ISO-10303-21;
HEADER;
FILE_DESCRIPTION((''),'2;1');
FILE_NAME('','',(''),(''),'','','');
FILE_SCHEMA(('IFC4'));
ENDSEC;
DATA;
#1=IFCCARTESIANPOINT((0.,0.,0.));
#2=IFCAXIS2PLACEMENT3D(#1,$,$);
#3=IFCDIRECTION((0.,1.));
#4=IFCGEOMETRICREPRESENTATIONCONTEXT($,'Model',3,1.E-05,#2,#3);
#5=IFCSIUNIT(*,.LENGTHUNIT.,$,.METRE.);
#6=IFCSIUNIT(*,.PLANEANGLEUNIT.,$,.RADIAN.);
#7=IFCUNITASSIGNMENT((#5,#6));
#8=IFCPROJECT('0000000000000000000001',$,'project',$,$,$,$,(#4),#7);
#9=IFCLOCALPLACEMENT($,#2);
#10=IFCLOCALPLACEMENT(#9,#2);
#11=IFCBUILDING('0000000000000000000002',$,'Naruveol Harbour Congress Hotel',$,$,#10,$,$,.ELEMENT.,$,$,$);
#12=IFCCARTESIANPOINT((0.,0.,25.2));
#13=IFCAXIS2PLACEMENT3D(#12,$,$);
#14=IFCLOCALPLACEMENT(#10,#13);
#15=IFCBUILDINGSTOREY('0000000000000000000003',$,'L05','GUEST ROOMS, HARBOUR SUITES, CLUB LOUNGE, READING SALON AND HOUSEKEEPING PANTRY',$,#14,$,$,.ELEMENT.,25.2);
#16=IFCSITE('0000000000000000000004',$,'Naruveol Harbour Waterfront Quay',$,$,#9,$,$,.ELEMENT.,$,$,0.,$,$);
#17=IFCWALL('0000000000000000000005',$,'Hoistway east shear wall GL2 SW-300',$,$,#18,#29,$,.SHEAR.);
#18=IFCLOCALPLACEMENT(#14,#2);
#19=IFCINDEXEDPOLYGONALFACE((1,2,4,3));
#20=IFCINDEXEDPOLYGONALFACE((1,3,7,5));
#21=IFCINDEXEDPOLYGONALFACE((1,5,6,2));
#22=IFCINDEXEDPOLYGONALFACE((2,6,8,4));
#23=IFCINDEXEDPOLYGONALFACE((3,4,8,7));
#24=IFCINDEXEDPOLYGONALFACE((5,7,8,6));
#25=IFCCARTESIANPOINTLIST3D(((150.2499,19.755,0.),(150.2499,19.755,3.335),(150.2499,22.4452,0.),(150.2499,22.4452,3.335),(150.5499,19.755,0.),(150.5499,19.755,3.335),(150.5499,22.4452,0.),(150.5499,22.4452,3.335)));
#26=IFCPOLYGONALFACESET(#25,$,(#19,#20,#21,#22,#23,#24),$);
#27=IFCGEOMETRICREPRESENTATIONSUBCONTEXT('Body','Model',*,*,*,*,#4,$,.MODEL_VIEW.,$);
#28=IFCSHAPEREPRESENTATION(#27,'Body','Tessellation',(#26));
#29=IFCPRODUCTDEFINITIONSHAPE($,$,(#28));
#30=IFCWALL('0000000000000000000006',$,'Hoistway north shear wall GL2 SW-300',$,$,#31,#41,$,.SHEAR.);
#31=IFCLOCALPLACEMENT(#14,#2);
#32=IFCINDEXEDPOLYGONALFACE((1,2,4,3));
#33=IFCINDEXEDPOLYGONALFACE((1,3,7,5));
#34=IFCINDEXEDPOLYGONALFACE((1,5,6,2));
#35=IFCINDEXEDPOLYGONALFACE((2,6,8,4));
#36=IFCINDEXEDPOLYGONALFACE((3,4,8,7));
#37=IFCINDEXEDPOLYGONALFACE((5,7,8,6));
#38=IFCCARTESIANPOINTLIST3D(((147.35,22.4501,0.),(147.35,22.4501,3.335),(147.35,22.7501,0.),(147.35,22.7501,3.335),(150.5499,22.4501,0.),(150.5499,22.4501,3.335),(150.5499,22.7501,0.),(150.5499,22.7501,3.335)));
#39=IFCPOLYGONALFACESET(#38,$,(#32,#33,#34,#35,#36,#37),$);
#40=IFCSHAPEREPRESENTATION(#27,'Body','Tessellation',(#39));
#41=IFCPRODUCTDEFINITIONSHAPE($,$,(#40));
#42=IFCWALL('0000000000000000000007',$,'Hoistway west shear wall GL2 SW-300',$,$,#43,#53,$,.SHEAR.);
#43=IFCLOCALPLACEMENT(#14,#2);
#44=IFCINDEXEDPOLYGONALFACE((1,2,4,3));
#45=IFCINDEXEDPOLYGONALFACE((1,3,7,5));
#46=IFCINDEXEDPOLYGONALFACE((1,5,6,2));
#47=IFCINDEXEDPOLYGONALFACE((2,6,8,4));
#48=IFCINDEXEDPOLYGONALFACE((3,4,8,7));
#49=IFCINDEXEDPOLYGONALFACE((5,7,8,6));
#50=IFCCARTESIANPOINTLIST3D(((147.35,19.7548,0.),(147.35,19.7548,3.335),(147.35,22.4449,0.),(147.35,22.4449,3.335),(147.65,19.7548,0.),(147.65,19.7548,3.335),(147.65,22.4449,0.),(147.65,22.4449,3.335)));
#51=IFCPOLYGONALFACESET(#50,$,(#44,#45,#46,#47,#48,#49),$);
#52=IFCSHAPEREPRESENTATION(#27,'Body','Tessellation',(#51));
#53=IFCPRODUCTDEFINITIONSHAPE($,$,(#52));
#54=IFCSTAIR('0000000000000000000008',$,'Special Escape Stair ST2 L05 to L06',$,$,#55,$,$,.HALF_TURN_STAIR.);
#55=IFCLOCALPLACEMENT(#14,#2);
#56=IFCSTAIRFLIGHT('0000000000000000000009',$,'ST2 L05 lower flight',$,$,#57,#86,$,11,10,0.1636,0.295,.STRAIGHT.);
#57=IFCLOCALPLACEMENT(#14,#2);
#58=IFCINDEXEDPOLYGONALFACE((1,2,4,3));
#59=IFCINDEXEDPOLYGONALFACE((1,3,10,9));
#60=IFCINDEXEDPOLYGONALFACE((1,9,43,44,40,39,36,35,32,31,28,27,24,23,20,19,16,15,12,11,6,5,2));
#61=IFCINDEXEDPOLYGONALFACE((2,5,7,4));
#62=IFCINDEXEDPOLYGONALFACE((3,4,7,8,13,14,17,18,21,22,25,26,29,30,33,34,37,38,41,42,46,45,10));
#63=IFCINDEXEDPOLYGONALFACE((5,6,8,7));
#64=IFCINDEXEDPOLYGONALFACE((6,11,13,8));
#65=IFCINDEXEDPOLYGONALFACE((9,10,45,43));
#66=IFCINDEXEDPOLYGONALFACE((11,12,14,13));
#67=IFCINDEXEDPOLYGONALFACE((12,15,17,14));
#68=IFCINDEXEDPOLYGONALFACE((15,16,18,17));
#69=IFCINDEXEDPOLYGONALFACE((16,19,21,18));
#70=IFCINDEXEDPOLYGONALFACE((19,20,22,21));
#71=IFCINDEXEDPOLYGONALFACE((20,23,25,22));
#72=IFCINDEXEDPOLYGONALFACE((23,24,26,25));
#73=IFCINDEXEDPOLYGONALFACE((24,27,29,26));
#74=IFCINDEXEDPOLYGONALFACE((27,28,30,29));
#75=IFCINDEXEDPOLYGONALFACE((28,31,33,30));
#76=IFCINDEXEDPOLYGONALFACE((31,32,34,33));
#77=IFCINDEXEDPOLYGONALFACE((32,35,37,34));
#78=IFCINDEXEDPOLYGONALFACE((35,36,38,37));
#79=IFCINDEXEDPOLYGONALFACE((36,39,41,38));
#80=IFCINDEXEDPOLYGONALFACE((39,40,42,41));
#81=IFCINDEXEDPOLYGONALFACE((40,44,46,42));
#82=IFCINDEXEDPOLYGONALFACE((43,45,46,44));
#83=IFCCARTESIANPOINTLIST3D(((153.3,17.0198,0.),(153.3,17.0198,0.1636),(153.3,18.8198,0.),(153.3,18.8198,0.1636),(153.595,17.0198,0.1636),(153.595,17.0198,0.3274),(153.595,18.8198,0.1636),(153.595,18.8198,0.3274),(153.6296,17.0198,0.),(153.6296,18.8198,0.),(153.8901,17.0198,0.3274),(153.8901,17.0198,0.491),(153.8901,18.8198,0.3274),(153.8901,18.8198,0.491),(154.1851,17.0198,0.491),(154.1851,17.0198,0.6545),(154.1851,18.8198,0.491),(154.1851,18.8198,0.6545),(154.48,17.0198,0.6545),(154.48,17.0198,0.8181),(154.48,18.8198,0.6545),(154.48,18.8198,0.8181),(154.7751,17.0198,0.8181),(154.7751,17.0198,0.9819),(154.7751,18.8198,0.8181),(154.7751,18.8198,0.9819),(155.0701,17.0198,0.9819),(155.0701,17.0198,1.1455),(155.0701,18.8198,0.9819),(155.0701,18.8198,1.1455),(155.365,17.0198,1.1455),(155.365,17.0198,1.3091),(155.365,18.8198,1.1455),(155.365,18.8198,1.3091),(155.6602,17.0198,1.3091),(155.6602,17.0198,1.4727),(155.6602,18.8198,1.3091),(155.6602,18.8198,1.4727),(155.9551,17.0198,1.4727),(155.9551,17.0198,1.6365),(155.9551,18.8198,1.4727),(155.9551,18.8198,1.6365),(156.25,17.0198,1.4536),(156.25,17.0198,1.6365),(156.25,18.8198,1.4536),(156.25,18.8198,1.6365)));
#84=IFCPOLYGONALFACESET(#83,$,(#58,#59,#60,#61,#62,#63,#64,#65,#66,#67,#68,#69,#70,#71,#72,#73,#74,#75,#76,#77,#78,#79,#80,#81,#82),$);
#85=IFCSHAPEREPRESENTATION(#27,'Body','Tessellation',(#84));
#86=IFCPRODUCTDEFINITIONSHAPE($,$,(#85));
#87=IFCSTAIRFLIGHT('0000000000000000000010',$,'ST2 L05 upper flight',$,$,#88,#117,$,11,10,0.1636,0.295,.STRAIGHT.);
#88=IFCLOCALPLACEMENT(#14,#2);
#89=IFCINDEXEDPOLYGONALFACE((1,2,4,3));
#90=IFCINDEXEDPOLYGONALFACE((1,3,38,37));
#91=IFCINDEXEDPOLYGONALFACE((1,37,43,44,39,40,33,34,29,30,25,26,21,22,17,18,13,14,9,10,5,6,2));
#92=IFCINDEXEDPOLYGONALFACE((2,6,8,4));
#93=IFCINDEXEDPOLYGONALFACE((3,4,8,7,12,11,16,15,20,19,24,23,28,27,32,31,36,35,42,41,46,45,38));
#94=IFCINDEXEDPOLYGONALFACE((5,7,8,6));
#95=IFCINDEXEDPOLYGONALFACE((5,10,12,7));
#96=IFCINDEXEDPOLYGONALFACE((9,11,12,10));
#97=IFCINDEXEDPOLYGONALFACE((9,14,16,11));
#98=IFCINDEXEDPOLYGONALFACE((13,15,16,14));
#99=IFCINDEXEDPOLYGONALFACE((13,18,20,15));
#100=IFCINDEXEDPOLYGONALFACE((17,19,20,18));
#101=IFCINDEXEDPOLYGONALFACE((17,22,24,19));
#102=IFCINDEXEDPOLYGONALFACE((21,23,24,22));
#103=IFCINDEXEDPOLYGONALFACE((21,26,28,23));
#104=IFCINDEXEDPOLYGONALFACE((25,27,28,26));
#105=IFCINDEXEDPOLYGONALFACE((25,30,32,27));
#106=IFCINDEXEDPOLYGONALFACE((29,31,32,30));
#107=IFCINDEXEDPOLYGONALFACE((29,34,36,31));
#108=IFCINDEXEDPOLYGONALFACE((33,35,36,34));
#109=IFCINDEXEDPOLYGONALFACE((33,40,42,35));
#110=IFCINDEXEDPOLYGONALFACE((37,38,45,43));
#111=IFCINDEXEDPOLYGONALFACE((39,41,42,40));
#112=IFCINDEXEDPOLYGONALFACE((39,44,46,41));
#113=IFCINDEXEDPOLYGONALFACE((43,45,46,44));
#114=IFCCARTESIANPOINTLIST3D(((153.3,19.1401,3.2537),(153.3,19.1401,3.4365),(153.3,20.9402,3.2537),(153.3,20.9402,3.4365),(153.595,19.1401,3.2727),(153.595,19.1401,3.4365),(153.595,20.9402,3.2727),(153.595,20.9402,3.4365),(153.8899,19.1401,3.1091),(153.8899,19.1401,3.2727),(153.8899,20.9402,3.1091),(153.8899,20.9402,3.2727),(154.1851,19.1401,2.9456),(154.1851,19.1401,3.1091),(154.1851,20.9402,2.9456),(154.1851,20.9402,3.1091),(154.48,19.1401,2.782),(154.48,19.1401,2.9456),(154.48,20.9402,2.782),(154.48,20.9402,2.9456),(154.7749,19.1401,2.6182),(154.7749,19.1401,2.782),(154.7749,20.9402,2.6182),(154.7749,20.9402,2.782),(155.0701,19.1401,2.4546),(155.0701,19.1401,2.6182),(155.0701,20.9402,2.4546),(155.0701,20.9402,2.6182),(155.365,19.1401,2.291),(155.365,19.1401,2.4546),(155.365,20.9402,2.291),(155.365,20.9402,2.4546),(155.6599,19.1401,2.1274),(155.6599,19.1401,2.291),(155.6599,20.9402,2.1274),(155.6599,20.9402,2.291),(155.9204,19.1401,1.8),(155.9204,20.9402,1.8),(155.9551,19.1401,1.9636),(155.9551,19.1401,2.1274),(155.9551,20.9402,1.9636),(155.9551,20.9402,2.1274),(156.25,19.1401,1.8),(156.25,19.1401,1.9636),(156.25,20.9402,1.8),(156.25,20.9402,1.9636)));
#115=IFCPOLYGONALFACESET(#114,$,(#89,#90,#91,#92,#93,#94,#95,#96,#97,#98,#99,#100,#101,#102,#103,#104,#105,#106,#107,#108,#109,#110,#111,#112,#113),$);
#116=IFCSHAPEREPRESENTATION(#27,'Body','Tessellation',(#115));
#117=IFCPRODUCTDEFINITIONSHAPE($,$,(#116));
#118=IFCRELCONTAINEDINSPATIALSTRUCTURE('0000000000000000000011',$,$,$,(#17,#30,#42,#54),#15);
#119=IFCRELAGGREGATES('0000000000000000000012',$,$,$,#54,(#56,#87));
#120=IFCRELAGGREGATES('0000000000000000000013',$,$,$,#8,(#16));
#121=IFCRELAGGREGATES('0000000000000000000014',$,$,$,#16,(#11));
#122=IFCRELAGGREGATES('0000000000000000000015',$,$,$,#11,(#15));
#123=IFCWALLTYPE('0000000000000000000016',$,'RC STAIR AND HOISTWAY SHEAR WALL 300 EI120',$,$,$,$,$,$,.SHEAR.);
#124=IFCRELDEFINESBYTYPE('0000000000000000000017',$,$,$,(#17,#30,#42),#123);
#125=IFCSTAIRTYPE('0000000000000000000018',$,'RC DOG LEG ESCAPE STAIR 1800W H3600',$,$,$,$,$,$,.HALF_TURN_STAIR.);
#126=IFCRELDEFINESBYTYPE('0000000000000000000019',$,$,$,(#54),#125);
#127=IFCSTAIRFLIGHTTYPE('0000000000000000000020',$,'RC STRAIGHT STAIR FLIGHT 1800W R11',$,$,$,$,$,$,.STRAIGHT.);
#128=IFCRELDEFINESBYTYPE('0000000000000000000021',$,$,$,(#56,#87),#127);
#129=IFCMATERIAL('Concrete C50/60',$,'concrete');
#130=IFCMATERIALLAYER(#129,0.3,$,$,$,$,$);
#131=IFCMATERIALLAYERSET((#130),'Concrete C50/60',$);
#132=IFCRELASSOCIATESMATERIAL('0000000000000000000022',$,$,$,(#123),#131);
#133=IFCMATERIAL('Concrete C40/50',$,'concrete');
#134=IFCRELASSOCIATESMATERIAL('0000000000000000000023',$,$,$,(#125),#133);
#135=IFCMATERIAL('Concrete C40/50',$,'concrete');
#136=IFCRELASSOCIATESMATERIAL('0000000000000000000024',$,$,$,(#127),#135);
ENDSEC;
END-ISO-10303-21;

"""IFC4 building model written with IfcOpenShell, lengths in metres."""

from ifc_helpers import new_model, si_unit, direction, frame, frame_2d, origin, place, context, subcontext, project, spatial, polyline, rectangle, outline, extrude, material, layer, layer_set, type_object, element, aggregate, save


model = new_model("IFC4")

# Units and contexts
model_context = context("Model", 3, precision=1e-05, world=origin(), true_north=direction((0.0, 1.0)))
body_context = subcontext(model_context, "Body", "Model", "MODEL_VIEW")
ifc_project = project(units=[si_unit("LENGTHUNIT", "METRE"), si_unit("PLANEANGLEUNIT", "RADIAN")], contexts=[model_context])

# Site, building, storey
site_placement = place(None, origin())
site = spatial("IfcSite", under=ifc_project, at=site_placement, Name="Naruveol Harbour Waterfront Quay", CompositionType="ELEMENT", RefElevation=0.0)
building_placement = place(site_placement, origin())
building = spatial("IfcBuilding", under=site, at=building_placement, Name="Naruveol Harbour Congress Hotel", CompositionType="ELEMENT")
storey_placement = place(building_placement, frame((0.0, 0.0, 25.2)))
storey = spatial("IfcBuildingStorey", under=building, at=storey_placement, Name="L05", Description="GUEST ROOMS, HARBOUR SUITES, CLUB LOUNGE, READING SALON AND HOUSEKEEPING PANTRY", CompositionType="ELEMENT", Elevation=25.2)

# Walls
ifc_material_1 = material(Name="Concrete C50/60", Category="concrete")
ifc_layer_1 = layer(ifc_material_1, 0.3)
ifc_layer_set_1 = layer_set([ifc_layer_1], Name="Concrete C50/60")
wall_type_1 = type_object("IfcWallType", Name="RC STAIR AND HOISTWAY SHEAR WALL 300 EI120", PredefinedType="SHEAR", material=ifc_layer_set_1)
wall_1_placement = place(storey_placement, frame((150.3999, 19.7549, 0.0), z_axis=(0.0, 0.0, 1.0), x_axis=(0.0, 1.0, 0.0)))
element("IfcWall", 1, at=wall_1_placement, inside=storey, type_object=wall_type_1, Name="Hoistway east shear wall GL2 SW-300", PredefinedType="SHEAR", context=body_context, shape_type="SweptSolid", body=[
    extrude(rectangle(XDim=2.6902, YDim=0.3, at=frame_2d((1.3452, 0.0))), origin(), (0.0, 0.0, 1.0), 3.335),
])
wall_2_placement = place(storey_placement, frame((150.55, 22.6001, 0.0), z_axis=(0.0, 0.0, 1.0), x_axis=(-1.0, 0.0, 0.0)))
element("IfcWall", 2, at=wall_2_placement, inside=storey, type_object=wall_type_1, Name="Hoistway north shear wall GL2 SW-300", PredefinedType="SHEAR", context=body_context, shape_type="SweptSolid", body=[
    extrude(rectangle(XDim=3.2, YDim=0.3, at=frame_2d((1.6001, 0.0))), origin(), (0.0, 0.0, 1.0), 3.335),
])
wall_3_placement = place(storey_placement, frame((147.5, 22.4451, 0.0), z_axis=(0.0, 0.0, 1.0), x_axis=(0.0, -1.0, 0.0)))
element("IfcWall", 3, at=wall_3_placement, inside=storey, type_object=wall_type_1, Name="Hoistway west shear wall GL2 SW-300", PredefinedType="SHEAR", context=body_context, shape_type="SweptSolid", body=[
    extrude(rectangle(XDim=2.6902, YDim=0.3, at=frame_2d((1.3452, 0.0))), origin(), (0.0, 0.0, 1.0), 3.335),
])

# Stair, stair flights
ifc_material_2 = material(Name="Concrete C40/50", Category="concrete")
stair_type = type_object("IfcStairType", Name="RC DOG LEG ESCAPE STAIR 1800W H3600", PredefinedType="HALF_TURN_STAIR", material=ifc_material_2)
stair_placement = place(storey_placement, origin())
stair = element("IfcStair", 4, at=stair_placement, inside=storey, type_object=stair_type, Name="Special Escape Stair ST2 L05 to L06", PredefinedType="HALF_TURN_STAIR")
ifc_material_3 = material(Name="Concrete C40/50", Category="concrete")
stair_flight_type = type_object("IfcStairFlightType", Name="RC STRAIGHT STAIR FLIGHT 1800W R11", PredefinedType="STRAIGHT", material=ifc_material_3)
stair_flight_1_placement = place(storey_placement, frame((153.3, 17.9199, 0.0), z_axis=(0.0, 0.0, 1.0), x_axis=(1.0, 0.0, 0.0)))
stair_flight_1 = element("IfcStairFlight", 5, at=stair_flight_1_placement, type_object=stair_flight_type, Name="ST2 L05 lower flight", NumberOfRisers=11, NumberOfTreads=10, PredefinedType="STRAIGHT", RiserHeight=0.1636, TreadLength=0.295, context=body_context, shape_type="SweptSolid", body=[
    extrude(outline(polyline([(0.0, 0.0), (0.0, 0.1636), (0.2949, 0.1636), (0.2949, 0.3274), (0.5901, 0.3274), (0.5901, 0.491), (0.885, 0.491), (0.885, 0.6545), (1.1799, 0.6545), (1.1799, 0.8181), (1.4751, 0.8181), (1.4751, 0.9819), (1.77, 0.9819), (1.77, 1.1455), (2.0649, 1.1455), (2.0649, 1.3091), (2.3601, 1.3091), (2.3601, 1.4727), (2.655, 1.4727), (2.655, 1.6365), (2.95, 1.6365), (2.95, 1.8), (2.95, 1.4536), (0.3296, 0.0), (0.0, 0.0)])), frame((0.0, 0.8999, 0.0), z_axis=(0.0, -1.0, 0.0), x_axis=(1.0, 0.0, 0.0)), (0.0, 0.0, 1.0), 1.8),
])
stair_flight_2_placement = place(storey_placement, frame((156.25, 20.04, 1.8), z_axis=(0.0, 0.0, 1.0), x_axis=(-1.0, 0.0, 0.0)))
stair_flight_2 = element("IfcStairFlight", 6, at=stair_flight_2_placement, type_object=stair_flight_type, Name="ST2 L05 upper flight", NumberOfRisers=11, NumberOfTreads=10, PredefinedType="STRAIGHT", RiserHeight=0.1636, TreadLength=0.295, context=body_context, shape_type="SweptSolid", body=[
    extrude(outline(polyline([(0.0, 0.0), (0.0, 0.1636), (0.2949, 0.1636), (0.2949, 0.3274), (0.5901, 0.3274), (0.5901, 0.491), (0.885, 0.491), (0.885, 0.6545), (1.1799, 0.6545), (1.1799, 0.8181), (1.4751, 0.8181), (1.4751, 0.9819), (1.77, 0.9819), (1.77, 1.1455), (2.0649, 1.1455), (2.0649, 1.3091), (2.3601, 1.3091), (2.3601, 1.4727), (2.655, 1.4727), (2.655, 1.6365), (2.95, 1.6365), (2.95, 1.8), (2.95, 1.4536), (0.3296, 0.0), (0.0, 0.0)])), frame((0.0, 0.8999, 0.0), z_axis=(0.0, -1.0, 0.0), x_axis=(1.0, 0.0, 0.0)), (0.0, 0.0, 1.0), 1.8),
])
aggregate(stair, [stair_flight_1, stair_flight_2])

save(model, "model.ifc")
